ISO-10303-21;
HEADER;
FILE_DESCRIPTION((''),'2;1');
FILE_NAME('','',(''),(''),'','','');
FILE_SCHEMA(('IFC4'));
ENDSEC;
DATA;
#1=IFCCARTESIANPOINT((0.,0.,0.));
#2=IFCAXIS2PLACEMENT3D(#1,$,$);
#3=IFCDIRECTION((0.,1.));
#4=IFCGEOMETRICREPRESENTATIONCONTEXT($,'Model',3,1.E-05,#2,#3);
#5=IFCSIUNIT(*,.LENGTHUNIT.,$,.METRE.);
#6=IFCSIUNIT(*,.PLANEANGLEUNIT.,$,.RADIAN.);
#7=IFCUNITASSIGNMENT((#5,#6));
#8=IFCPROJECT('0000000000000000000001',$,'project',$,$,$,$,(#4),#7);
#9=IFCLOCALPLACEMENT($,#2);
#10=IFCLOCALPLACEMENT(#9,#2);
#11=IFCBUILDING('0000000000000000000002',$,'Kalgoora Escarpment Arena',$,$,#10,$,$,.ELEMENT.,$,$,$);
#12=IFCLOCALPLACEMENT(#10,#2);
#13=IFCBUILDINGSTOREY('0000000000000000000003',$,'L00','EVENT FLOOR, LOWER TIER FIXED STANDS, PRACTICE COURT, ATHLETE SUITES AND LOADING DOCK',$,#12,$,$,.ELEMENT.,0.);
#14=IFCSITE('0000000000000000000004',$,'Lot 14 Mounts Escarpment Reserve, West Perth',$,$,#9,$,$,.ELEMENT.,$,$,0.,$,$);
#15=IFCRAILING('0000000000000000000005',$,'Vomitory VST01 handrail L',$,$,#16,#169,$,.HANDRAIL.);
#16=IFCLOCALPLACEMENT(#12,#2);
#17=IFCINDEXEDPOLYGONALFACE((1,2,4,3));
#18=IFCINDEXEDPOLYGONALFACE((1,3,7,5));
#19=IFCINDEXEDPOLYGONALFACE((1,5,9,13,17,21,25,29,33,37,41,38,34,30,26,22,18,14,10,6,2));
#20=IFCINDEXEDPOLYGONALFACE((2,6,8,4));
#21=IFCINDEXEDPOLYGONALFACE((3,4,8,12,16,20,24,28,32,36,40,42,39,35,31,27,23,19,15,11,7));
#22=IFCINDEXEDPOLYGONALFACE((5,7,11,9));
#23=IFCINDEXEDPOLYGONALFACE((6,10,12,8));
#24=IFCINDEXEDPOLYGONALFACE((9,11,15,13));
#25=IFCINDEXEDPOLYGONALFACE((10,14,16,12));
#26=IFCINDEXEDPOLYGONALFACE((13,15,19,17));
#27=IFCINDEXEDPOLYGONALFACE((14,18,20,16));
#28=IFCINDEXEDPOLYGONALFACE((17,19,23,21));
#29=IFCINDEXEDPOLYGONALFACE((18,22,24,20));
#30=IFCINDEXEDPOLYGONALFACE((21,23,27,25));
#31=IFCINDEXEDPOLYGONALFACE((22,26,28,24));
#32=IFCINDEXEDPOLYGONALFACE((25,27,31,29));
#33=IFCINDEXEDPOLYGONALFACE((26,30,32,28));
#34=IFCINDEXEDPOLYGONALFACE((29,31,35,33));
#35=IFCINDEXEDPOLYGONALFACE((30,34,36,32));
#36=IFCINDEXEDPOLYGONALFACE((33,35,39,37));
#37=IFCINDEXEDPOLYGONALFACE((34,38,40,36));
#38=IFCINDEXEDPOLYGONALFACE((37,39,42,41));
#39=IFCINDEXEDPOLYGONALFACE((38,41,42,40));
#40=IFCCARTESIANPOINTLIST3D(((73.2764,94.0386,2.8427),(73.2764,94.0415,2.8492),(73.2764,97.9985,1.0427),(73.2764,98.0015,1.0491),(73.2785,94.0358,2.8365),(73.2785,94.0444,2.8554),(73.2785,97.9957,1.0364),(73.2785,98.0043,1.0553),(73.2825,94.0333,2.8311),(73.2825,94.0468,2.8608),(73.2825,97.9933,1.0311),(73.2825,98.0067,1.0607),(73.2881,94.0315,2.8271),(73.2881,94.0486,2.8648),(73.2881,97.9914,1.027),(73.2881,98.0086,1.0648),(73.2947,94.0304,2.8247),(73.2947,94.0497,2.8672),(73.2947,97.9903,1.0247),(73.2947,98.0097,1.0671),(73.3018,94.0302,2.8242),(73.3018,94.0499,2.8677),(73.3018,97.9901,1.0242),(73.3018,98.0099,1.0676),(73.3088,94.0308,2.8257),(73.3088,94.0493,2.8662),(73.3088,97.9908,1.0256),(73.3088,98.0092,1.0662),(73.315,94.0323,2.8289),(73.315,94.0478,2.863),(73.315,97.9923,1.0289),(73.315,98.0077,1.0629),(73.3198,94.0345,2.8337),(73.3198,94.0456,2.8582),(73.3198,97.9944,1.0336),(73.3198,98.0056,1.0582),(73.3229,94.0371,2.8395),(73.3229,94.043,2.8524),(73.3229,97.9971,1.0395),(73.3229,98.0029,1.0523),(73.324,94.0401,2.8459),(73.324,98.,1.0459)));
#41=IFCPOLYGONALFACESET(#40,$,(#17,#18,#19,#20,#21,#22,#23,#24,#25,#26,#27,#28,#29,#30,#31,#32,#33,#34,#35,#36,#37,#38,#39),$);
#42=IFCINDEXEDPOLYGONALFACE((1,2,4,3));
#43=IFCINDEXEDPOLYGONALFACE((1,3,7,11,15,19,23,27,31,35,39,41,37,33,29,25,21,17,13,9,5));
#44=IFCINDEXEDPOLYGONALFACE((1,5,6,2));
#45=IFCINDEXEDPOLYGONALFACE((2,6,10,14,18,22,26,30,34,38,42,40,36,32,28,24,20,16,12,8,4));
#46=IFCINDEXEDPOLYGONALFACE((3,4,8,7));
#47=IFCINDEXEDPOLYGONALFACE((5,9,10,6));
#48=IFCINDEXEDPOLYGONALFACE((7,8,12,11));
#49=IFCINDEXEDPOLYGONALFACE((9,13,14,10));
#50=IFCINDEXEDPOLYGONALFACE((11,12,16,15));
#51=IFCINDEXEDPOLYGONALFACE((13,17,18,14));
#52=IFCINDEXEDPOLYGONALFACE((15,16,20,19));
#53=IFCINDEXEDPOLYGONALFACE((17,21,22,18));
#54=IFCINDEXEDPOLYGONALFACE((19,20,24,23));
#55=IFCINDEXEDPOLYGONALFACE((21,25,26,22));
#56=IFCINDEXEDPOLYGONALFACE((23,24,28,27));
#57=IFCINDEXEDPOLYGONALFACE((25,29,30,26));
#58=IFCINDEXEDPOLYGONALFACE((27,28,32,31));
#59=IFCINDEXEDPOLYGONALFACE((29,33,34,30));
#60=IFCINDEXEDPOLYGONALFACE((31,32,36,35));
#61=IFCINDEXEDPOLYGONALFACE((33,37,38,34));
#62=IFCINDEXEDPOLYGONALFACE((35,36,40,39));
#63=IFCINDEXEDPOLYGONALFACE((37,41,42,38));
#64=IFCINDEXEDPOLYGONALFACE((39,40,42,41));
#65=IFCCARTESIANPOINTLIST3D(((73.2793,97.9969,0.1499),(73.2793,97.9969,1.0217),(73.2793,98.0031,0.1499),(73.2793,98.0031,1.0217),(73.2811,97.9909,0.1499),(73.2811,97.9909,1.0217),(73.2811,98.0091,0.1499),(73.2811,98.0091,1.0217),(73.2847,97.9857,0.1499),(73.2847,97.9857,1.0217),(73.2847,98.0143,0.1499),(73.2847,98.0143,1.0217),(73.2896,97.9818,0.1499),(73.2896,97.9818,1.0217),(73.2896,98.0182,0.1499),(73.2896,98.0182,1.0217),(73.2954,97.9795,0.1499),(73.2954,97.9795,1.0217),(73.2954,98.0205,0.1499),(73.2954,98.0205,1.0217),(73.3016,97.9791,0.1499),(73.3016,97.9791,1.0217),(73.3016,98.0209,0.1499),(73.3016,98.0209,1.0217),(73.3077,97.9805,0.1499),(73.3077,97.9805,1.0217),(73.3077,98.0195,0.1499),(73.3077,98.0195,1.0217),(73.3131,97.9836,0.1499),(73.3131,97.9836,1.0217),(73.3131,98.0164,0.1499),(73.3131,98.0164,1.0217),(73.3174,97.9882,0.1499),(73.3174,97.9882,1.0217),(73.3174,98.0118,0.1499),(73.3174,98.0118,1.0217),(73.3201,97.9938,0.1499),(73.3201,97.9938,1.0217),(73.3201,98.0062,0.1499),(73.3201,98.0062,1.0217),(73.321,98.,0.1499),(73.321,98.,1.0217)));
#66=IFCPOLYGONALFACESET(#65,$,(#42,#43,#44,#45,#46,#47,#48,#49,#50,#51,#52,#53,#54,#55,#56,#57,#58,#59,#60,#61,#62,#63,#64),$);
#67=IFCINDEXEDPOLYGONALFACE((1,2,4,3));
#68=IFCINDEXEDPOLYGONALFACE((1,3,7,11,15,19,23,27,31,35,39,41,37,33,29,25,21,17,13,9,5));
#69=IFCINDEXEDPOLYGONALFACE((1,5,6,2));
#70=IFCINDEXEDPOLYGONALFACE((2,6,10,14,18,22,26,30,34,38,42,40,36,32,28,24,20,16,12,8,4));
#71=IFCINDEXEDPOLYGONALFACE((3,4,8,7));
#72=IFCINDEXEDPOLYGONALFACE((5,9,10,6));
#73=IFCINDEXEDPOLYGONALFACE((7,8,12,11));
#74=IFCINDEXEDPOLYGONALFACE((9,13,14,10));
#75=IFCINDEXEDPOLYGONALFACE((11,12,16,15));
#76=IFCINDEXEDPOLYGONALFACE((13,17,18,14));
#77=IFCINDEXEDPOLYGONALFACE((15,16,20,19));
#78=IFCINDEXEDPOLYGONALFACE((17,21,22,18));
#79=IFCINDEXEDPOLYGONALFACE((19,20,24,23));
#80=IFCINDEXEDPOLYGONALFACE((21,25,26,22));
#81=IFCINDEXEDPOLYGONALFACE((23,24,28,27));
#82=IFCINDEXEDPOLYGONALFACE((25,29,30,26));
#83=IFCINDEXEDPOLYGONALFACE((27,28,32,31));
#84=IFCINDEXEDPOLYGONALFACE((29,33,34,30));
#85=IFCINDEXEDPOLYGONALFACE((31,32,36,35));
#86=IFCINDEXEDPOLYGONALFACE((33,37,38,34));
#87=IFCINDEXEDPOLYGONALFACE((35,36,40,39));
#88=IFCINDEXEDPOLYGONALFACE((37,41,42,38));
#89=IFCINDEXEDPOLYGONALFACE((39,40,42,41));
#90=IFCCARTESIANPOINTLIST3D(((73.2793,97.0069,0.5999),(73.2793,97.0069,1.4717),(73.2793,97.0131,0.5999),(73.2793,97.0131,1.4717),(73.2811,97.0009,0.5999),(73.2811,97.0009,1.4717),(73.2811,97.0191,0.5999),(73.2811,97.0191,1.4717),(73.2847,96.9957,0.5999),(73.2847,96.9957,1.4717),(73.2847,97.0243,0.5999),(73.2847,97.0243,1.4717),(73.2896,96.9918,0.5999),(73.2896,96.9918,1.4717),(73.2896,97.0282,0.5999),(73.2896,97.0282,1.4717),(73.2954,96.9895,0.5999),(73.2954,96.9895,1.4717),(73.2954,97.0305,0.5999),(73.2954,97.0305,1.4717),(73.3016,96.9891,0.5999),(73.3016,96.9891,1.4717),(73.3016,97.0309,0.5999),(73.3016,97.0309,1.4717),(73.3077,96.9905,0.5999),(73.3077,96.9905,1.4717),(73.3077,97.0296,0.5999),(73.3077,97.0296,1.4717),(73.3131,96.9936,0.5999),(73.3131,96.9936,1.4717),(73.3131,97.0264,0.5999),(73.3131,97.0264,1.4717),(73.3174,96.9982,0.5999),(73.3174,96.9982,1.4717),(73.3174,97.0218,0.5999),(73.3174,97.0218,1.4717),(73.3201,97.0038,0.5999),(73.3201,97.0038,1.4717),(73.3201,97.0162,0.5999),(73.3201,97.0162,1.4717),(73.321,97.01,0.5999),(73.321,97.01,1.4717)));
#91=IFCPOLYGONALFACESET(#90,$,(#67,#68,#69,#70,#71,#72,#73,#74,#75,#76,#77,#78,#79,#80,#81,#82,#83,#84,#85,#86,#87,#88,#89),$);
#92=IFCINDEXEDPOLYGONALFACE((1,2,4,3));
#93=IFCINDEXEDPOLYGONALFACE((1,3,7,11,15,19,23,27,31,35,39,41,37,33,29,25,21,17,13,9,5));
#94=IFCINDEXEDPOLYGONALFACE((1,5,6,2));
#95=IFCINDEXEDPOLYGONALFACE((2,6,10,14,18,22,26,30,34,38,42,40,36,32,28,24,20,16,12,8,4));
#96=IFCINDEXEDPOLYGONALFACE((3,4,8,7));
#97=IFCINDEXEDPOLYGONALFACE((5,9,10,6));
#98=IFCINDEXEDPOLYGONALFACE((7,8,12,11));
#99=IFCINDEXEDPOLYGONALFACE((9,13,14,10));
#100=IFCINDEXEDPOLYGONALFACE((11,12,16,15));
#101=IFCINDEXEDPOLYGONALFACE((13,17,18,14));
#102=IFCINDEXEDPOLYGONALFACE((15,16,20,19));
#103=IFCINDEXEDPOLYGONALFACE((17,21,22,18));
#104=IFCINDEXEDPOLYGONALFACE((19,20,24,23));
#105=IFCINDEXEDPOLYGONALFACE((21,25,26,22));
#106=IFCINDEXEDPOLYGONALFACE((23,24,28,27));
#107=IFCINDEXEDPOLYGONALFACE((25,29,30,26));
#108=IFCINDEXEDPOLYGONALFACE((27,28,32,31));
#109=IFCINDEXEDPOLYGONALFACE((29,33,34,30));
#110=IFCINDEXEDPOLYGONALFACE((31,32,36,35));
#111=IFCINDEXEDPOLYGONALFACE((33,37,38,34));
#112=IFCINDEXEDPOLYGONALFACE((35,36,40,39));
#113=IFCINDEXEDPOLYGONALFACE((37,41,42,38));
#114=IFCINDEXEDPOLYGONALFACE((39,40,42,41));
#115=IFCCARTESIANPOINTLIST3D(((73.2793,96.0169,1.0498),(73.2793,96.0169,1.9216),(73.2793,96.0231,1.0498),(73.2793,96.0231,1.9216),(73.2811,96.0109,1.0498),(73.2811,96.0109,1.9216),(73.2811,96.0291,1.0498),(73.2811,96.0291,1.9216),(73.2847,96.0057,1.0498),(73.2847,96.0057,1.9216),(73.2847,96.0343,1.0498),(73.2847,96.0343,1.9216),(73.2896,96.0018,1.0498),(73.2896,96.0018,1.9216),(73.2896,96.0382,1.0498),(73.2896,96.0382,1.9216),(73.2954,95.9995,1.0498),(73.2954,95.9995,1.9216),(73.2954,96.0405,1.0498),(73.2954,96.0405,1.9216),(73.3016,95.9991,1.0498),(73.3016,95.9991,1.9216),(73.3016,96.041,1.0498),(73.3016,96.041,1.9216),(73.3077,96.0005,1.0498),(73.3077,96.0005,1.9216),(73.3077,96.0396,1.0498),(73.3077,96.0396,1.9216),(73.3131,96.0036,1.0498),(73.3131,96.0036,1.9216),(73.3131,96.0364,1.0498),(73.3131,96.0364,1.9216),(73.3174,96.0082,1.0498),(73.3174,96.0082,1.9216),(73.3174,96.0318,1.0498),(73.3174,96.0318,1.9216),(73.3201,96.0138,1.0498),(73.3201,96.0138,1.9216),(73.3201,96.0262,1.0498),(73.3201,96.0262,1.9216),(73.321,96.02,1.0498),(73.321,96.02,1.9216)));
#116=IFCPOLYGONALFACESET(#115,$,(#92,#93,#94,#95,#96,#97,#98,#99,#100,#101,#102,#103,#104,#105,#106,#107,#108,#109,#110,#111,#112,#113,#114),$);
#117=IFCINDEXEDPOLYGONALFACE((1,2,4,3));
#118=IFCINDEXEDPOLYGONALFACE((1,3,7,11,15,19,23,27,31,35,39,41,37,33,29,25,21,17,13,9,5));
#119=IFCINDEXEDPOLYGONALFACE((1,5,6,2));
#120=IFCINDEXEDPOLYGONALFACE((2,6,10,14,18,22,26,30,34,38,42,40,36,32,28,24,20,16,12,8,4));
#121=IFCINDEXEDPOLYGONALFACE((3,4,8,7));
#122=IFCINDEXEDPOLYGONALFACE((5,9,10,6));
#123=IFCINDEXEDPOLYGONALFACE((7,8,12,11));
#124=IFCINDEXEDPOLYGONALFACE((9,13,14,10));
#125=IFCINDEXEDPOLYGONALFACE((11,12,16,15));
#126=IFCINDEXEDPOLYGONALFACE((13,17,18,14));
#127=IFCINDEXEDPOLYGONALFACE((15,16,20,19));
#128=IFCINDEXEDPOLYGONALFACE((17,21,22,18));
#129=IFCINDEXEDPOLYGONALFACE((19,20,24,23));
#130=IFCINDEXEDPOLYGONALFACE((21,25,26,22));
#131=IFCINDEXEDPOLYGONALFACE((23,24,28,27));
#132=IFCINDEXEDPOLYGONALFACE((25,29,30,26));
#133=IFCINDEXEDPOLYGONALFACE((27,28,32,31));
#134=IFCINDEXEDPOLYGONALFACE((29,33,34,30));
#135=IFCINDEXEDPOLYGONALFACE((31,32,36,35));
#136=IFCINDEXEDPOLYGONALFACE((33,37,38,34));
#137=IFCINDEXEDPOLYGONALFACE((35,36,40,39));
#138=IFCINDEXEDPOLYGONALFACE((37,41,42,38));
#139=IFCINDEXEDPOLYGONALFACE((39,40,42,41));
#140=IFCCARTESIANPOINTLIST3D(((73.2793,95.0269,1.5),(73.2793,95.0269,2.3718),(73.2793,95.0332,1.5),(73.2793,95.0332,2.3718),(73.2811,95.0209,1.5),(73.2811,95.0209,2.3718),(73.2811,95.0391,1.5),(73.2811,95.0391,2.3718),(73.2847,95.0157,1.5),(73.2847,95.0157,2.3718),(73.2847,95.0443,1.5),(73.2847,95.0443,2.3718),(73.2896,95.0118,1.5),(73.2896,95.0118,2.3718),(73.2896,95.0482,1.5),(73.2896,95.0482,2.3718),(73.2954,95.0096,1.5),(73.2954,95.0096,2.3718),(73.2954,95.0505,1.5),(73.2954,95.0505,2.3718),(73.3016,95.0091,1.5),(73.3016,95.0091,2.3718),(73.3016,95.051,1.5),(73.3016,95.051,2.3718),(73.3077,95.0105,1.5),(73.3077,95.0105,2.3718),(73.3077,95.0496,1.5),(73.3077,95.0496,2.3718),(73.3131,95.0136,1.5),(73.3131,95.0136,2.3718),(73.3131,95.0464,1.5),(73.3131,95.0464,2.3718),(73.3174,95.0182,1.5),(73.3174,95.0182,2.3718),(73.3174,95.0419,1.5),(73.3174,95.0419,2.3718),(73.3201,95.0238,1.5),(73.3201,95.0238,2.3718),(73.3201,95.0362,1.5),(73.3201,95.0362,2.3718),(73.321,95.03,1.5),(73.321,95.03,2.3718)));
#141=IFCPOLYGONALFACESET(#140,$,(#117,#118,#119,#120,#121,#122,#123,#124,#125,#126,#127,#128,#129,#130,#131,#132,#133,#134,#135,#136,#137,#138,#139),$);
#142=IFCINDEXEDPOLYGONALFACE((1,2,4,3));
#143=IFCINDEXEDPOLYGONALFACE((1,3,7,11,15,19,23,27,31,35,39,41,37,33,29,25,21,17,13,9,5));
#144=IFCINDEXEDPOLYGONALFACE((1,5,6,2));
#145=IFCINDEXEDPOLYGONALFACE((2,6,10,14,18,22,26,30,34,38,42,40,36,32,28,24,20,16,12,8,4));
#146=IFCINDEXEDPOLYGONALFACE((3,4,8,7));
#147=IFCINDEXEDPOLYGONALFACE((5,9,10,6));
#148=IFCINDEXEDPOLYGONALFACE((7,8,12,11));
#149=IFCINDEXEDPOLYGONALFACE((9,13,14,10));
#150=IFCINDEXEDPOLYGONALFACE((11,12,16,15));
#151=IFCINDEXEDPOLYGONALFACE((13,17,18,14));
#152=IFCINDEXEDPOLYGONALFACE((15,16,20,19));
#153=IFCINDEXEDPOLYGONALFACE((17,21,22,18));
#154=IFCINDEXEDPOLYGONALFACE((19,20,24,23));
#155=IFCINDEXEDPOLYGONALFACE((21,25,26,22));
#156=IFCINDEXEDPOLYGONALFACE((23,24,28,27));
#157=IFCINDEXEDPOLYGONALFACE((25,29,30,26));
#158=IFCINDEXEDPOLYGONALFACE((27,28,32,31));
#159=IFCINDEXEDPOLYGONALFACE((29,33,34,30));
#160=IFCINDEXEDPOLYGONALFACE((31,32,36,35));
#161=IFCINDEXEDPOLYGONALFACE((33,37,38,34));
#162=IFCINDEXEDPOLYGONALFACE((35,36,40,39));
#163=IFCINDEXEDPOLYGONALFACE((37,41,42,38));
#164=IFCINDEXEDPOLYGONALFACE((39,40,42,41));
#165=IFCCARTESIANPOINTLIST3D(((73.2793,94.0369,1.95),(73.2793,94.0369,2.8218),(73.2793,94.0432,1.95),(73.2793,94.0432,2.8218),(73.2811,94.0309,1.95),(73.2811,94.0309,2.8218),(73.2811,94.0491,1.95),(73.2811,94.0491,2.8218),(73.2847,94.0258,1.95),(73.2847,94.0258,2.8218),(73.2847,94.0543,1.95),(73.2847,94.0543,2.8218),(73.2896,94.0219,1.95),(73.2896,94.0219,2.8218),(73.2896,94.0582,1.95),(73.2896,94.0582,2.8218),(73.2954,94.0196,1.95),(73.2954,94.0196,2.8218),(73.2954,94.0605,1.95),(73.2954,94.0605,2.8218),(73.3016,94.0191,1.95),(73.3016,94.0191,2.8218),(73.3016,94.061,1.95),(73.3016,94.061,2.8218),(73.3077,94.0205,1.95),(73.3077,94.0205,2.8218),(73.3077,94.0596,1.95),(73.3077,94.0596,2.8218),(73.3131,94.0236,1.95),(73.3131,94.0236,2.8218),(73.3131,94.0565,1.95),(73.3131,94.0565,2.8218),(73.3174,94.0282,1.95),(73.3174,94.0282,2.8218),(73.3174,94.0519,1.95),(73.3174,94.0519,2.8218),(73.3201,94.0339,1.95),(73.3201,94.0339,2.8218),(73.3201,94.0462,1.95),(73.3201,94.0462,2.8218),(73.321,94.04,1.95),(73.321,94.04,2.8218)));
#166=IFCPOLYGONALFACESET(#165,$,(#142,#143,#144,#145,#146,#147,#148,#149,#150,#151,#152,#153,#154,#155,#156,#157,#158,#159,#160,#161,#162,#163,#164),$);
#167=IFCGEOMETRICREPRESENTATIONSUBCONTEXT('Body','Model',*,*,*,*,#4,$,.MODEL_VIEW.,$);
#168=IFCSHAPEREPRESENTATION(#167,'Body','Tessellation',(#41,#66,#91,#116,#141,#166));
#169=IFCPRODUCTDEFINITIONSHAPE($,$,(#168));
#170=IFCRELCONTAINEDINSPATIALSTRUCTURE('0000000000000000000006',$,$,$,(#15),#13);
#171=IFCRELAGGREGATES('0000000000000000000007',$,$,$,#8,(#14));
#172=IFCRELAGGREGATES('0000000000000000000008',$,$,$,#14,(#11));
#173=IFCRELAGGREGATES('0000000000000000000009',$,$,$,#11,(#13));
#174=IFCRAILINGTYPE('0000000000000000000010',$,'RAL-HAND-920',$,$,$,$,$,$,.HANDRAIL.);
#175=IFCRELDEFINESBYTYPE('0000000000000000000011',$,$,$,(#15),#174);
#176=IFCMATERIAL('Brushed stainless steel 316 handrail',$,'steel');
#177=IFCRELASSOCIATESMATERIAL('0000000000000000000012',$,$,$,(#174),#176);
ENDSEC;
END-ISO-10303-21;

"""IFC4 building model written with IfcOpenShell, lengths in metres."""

from ifc_helpers import new_model, si_unit, direction, frame, origin, origin_2d, place, context, subcontext, project, spatial, circle, extrude, material, type_object, element, save


model = new_model("IFC4")

# Units and contexts
model_context = context("Model", 3, precision=1e-05, world=origin(), true_north=direction((0.0, 1.0)))
body_context = subcontext(model_context, "Body", "Model", "MODEL_VIEW")
ifc_project = project(units=[si_unit("LENGTHUNIT", "METRE"), si_unit("PLANEANGLEUNIT", "RADIAN")], contexts=[model_context])

# Site, building, storey
site_placement = place(None, origin())
site = spatial("IfcSite", under=ifc_project, at=site_placement, Name="Lot 14 Mounts Escarpment Reserve, West Perth", CompositionType="ELEMENT", RefElevation=0.0)
building_placement = place(site_placement, origin())
building = spatial("IfcBuilding", under=site, at=building_placement, Name="Kalgoora Escarpment Arena", CompositionType="ELEMENT")
storey_placement = place(building_placement, origin())
storey = spatial("IfcBuildingStorey", under=building, at=storey_placement, Name="L00", Description="EVENT FLOOR, LOWER TIER FIXED STANDS, PRACTICE COURT, ATHLETE SUITES AND LOADING DOCK", CompositionType="ELEMENT", Elevation=0.0)

# Railing
ifc_material_1 = material(Name="Brushed stainless steel 316 handrail", Category="steel")
railing_type_1 = type_object("IfcRailingType", Name="RAL-HAND-920", PredefinedType="HANDRAIL", material=ifc_material_1)
railing_1_placement = place(storey_placement, frame((73.3, 98.0, 0.1499)))
element("IfcRailing", 1, at=railing_1_placement, inside=storey, type_object=railing_type_1, Name="Vomitory VST01 handrail L", PredefinedType="HANDRAIL", context=body_context, shape_type="SweptSolid", body=[
    extrude(circle(Radius=0.0239, at=origin_2d()), frame((0.0, 0.0, 0.896), z_axis=(0.0, -0.910361, 0.413816), x_axis=(1.0, 0.0, 0.0)), (0.0, 0.0, 1.0), 4.3499),
    extrude(circle(Radius=0.021, at=origin_2d()), origin(), (0.0, 0.0, 1.0), 0.8718),
    extrude(circle(Radius=0.021, at=origin_2d()), frame((0.0, -0.99, 0.45)), (0.0, 0.0, 1.0), 0.8718),
    extrude(circle(Radius=0.021, at=origin_2d()), frame((0.0, -1.98, 0.8999)), (0.0, 0.0, 1.0), 0.8718),
    extrude(circle(Radius=0.021, at=origin_2d()), frame((0.0, -2.97, 1.3501)), (0.0, 0.0, 1.0), 0.8718),
    extrude(circle(Radius=0.021, at=origin_2d()), frame((0.0, -3.96, 1.8)), (0.0, 0.0, 1.0), 0.8718),
])

save(model, "model.ifc")
